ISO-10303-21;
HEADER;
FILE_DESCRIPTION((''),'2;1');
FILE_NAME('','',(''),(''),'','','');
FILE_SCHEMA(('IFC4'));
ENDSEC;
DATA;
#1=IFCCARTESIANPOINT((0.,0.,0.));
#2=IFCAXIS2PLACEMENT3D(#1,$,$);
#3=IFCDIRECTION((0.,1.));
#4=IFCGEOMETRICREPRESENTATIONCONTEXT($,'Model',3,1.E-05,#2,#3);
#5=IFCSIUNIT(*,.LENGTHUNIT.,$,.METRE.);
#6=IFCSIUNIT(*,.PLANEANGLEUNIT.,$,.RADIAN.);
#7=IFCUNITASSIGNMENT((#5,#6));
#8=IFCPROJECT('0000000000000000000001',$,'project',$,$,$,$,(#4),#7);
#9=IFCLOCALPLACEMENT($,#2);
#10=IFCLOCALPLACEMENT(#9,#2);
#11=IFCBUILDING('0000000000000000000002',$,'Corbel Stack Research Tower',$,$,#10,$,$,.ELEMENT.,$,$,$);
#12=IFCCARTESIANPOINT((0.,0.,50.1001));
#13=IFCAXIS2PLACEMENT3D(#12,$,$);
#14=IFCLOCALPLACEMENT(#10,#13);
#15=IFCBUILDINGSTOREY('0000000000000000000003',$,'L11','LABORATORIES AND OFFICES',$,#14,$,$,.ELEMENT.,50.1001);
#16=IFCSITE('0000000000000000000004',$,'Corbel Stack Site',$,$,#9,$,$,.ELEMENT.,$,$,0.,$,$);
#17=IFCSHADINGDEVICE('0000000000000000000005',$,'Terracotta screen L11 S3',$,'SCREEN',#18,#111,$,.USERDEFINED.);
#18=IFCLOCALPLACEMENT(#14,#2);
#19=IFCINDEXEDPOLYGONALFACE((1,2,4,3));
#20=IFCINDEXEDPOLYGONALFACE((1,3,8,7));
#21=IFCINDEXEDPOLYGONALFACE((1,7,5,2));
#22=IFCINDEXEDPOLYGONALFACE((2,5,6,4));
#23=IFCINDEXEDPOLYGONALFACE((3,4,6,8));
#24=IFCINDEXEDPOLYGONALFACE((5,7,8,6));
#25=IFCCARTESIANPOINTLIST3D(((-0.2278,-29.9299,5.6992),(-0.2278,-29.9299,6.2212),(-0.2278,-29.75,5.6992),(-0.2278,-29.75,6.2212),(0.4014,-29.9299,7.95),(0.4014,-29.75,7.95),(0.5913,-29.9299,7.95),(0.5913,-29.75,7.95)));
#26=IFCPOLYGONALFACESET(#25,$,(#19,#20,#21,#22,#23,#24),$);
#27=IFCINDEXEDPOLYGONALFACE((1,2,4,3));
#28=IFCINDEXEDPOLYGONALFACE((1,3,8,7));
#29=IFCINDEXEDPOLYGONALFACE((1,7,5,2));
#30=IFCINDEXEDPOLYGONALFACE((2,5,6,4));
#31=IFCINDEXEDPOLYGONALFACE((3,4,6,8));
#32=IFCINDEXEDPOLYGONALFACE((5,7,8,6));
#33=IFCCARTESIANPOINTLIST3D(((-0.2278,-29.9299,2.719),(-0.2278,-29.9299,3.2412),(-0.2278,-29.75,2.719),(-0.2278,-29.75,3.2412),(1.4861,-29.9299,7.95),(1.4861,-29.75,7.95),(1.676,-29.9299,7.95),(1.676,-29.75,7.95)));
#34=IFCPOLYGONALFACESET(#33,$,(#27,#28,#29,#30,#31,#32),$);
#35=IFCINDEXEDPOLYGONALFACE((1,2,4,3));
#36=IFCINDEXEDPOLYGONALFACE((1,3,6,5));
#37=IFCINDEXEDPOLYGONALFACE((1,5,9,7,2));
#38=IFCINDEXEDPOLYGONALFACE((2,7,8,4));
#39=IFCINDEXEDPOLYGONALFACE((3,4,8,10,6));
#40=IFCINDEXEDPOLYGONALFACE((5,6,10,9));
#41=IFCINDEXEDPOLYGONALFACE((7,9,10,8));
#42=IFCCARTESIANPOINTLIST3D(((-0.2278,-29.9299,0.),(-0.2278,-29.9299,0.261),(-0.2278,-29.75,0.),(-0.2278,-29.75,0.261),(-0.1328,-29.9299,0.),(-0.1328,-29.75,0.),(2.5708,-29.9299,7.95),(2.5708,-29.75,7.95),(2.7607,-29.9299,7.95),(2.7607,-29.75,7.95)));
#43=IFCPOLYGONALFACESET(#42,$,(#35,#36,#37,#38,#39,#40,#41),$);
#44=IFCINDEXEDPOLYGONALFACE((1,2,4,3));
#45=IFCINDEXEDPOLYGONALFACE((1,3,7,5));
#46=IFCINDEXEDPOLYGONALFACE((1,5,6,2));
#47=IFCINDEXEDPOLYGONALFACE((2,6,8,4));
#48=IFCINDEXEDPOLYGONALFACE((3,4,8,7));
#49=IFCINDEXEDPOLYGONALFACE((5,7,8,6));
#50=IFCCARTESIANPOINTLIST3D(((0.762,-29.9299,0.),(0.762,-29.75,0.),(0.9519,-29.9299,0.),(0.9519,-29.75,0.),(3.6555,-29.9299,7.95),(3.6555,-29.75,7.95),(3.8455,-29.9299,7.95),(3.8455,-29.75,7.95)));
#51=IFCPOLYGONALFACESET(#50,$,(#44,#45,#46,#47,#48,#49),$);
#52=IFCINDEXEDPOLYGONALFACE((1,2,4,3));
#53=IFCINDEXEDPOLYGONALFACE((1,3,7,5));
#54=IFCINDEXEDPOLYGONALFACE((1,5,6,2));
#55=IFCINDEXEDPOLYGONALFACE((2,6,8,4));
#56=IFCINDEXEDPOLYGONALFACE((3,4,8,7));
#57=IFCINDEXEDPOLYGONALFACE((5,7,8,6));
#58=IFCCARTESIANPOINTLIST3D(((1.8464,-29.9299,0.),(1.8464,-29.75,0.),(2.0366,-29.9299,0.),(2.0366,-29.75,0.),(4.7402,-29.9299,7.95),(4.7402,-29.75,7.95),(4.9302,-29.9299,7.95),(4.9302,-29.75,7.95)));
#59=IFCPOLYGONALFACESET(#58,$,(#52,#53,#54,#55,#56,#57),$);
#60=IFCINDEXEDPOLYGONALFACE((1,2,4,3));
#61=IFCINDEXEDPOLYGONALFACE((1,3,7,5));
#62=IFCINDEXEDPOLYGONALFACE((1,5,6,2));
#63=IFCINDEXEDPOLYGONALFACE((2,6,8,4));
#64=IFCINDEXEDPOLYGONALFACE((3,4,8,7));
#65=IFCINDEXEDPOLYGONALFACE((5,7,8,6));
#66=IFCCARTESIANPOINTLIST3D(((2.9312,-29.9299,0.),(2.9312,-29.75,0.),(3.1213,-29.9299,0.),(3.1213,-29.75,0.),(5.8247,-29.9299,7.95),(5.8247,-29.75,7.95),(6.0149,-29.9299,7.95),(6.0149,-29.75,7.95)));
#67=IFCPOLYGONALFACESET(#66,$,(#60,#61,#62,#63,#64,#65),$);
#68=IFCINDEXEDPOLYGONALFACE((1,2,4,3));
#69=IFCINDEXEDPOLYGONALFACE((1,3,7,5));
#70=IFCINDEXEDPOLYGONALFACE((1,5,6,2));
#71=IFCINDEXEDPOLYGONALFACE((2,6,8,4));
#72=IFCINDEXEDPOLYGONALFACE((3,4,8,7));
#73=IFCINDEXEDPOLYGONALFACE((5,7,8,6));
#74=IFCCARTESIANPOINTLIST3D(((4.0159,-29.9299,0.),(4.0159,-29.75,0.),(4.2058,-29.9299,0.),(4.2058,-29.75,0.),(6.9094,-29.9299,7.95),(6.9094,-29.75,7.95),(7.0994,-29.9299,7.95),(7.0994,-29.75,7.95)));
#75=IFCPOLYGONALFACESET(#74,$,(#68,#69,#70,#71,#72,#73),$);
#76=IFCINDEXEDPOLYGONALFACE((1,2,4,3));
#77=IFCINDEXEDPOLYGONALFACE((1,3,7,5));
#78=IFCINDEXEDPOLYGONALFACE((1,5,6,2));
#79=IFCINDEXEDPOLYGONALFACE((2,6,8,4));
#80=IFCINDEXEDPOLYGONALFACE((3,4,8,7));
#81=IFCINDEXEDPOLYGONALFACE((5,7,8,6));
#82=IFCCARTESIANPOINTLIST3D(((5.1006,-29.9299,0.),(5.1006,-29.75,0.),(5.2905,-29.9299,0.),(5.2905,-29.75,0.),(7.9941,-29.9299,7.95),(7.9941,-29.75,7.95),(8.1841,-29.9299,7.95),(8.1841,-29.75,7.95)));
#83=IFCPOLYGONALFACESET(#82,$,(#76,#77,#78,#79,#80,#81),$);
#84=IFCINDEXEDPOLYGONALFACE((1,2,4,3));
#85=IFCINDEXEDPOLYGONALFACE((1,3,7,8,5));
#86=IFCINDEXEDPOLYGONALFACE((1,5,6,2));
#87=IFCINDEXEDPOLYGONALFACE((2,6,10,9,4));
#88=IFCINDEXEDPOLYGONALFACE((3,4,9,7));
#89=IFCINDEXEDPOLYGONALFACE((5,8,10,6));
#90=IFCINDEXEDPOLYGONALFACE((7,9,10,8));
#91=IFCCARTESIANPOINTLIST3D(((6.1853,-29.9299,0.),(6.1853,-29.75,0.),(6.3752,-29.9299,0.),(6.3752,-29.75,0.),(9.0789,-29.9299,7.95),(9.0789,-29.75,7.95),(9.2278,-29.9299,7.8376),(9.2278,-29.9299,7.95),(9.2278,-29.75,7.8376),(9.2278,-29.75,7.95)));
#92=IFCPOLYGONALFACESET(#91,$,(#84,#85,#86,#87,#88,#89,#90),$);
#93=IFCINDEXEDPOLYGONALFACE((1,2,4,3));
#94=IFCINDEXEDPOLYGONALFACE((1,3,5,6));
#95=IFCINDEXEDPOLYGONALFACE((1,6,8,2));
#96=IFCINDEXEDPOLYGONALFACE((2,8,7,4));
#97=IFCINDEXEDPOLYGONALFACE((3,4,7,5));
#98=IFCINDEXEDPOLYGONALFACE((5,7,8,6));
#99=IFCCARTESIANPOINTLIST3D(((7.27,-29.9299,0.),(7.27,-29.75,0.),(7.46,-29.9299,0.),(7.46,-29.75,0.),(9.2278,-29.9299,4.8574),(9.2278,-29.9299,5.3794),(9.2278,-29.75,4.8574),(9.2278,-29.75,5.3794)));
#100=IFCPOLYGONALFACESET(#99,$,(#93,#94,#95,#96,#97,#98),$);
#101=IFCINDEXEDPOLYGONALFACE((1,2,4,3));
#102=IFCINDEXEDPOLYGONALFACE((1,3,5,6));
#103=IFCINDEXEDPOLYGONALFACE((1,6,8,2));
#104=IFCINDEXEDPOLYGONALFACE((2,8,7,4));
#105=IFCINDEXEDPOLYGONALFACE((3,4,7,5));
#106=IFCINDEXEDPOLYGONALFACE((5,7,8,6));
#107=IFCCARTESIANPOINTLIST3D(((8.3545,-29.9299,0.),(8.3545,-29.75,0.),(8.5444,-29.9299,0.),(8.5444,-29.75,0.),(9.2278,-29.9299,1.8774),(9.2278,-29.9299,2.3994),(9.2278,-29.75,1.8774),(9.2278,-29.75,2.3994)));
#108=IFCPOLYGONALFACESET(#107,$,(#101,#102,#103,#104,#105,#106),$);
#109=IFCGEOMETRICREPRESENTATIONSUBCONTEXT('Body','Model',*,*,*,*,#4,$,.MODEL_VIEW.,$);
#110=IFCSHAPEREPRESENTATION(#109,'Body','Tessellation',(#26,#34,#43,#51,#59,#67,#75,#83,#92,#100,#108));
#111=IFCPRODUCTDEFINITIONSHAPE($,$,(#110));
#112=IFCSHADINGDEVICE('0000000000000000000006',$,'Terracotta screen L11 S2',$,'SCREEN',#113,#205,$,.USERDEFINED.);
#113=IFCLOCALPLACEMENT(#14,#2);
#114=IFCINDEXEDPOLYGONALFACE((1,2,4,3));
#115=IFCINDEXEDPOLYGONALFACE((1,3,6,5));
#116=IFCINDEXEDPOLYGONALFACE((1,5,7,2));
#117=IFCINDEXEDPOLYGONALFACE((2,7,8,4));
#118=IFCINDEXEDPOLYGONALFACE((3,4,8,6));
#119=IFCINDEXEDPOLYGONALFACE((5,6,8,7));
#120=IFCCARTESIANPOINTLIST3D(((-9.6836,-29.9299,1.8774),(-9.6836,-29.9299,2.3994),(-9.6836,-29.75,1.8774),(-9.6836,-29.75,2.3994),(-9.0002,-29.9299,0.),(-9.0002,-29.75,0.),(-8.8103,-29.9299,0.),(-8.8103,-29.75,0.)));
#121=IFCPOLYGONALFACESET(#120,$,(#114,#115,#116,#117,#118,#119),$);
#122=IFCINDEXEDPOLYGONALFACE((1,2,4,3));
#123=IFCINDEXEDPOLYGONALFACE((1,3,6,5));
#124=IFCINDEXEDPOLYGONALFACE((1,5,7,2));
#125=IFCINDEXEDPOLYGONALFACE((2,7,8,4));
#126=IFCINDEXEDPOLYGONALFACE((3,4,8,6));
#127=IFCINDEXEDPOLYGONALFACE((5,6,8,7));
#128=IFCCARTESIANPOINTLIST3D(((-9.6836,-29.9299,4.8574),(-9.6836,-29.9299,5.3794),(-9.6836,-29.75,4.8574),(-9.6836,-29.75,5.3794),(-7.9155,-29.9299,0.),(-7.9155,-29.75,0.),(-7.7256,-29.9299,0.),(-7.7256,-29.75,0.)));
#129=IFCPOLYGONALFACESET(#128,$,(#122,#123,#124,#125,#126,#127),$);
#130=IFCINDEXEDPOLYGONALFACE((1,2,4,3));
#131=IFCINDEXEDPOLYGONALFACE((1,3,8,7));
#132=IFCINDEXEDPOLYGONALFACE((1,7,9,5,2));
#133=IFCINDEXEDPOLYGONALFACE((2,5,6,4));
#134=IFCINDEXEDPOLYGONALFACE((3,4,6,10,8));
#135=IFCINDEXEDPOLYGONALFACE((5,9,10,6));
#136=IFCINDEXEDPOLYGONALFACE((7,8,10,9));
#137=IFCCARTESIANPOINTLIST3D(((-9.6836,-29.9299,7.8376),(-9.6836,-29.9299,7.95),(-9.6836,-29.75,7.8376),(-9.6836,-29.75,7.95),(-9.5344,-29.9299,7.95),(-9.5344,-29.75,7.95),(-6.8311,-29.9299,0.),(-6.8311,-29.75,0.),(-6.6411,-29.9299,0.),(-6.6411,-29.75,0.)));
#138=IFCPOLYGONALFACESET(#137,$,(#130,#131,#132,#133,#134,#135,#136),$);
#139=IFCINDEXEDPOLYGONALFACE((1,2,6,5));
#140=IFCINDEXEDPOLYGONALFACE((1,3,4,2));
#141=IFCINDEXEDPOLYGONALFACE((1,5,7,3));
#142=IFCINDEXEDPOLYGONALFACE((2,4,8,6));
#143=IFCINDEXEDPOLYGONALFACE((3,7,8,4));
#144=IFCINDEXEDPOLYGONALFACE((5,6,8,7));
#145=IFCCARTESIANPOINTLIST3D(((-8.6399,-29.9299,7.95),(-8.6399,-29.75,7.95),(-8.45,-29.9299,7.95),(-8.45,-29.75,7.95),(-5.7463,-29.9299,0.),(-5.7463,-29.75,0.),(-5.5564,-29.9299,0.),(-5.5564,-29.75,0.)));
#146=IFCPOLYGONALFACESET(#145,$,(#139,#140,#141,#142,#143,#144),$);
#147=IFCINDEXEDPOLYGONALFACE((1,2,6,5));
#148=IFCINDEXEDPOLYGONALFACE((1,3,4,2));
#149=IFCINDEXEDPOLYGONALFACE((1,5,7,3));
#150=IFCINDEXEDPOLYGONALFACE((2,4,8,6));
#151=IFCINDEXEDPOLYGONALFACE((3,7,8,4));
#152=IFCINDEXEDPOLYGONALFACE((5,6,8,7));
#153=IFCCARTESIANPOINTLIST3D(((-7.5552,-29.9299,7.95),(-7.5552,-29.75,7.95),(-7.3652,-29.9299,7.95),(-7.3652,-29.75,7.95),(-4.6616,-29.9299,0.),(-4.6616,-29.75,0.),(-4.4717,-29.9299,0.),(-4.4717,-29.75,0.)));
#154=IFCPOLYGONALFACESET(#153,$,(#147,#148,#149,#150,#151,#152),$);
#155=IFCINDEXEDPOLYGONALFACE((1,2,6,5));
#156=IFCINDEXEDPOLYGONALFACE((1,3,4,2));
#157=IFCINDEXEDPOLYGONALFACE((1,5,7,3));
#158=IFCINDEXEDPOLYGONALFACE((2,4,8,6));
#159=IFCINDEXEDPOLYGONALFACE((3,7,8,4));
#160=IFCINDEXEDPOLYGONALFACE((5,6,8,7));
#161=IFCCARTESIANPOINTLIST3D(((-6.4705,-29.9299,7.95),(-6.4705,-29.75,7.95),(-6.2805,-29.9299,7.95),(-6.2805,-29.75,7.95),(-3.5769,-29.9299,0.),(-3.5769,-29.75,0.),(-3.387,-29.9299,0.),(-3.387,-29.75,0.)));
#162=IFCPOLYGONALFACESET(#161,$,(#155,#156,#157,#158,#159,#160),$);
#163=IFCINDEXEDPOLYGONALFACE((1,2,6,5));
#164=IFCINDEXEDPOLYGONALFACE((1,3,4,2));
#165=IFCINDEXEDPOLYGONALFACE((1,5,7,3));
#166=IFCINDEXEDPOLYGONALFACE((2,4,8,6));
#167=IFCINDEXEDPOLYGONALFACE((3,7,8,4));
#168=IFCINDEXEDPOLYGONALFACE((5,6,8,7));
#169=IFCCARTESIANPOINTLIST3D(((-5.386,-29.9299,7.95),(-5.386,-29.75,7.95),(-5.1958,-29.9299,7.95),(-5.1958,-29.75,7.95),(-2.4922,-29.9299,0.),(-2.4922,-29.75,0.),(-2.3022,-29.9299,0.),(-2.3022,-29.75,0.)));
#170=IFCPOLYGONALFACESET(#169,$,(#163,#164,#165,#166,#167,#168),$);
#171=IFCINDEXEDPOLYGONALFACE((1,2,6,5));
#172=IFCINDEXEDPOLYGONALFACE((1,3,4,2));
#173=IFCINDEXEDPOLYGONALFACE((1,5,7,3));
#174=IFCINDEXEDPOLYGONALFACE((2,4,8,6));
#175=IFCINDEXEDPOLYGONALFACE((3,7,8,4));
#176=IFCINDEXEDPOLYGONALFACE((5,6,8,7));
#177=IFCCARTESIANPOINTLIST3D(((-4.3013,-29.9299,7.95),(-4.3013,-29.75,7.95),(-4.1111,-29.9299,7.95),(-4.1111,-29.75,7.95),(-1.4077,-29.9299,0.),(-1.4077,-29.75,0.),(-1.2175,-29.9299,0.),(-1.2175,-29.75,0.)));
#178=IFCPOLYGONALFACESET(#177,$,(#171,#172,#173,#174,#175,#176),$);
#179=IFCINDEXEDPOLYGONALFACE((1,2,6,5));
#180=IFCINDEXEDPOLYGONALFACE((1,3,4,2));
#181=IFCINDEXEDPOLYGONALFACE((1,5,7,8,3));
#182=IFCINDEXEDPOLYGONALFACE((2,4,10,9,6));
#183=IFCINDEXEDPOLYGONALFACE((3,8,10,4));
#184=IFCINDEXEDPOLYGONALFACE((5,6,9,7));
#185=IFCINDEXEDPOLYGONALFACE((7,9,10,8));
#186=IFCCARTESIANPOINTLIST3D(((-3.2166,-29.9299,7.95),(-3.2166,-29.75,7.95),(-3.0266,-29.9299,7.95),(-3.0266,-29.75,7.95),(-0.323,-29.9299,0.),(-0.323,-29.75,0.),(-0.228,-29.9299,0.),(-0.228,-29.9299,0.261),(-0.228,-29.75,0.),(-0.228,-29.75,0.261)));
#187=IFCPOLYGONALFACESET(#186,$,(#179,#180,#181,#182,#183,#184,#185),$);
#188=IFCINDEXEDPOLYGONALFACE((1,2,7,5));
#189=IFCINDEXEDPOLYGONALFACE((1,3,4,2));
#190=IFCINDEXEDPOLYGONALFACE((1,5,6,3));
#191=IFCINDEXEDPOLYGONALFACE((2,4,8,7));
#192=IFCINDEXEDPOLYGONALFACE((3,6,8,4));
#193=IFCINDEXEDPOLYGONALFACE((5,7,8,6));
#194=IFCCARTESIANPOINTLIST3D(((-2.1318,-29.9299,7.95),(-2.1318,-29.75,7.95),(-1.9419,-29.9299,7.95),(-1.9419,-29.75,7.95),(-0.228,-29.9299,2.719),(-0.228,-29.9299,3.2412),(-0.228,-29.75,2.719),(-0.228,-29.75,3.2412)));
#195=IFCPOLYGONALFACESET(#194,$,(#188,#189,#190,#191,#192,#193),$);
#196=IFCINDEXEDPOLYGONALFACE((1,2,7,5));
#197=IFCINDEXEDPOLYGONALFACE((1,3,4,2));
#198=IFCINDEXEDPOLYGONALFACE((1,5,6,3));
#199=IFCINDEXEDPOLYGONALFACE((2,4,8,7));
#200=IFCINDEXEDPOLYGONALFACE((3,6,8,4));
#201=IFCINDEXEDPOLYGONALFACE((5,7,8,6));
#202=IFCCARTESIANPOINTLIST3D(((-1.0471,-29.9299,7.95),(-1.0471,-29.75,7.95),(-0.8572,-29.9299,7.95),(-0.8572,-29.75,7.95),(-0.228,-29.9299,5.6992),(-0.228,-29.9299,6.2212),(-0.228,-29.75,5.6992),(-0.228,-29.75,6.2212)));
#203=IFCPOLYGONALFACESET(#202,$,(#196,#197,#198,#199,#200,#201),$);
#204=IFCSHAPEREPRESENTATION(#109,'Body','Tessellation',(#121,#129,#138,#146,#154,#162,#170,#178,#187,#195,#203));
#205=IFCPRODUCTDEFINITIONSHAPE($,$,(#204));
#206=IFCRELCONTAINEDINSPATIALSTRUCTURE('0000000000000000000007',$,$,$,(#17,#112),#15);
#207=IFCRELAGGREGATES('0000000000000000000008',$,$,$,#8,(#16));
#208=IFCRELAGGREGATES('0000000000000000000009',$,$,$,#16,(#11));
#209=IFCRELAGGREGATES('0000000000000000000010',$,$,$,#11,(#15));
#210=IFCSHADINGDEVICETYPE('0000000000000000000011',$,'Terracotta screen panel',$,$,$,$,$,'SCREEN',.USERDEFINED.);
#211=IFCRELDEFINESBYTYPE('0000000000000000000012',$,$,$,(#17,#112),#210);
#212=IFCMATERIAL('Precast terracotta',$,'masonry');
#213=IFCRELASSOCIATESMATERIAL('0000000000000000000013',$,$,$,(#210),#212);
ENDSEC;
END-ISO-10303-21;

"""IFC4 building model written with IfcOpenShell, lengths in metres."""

from ifc_helpers import new_model, si_unit, direction, frame, origin, place, context, subcontext, project, spatial, polyline, outline, extrude, source, transform, mapped, material, type_object, element, save


model = new_model("IFC4")

# Units and contexts
model_context = context("Model", 3, precision=1e-05, world=origin(), true_north=direction((0.0, 1.0)))
body_context = subcontext(model_context, "Body", "Model", "MODEL_VIEW")
ifc_project = project(units=[si_unit("LENGTHUNIT", "METRE"), si_unit("PLANEANGLEUNIT", "RADIAN")], contexts=[model_context])

# Site, building, storey
site_placement = place(None, origin())
site = spatial("IfcSite", under=ifc_project, at=site_placement, Name="Corbel Stack Site", CompositionType="ELEMENT", RefElevation=0.0)
building_placement = place(site_placement, origin())
building = spatial("IfcBuilding", under=site, at=building_placement, Name="Corbel Stack Research Tower", CompositionType="ELEMENT")
storey_placement = place(building_placement, frame((0.0, 0.0, 50.1001)))
storey = spatial("IfcBuildingStorey", under=building, at=storey_placement, Name="L11", Description="LABORATORIES AND OFFICES", CompositionType="ELEMENT", Elevation=50.1001)

# Shading devices
ifc_material_1 = material(Name="Precast terracotta", Category="masonry")
shading_device_type = type_object("IfcShadingDeviceType", Name="Terracotta screen panel", ElementType="SCREEN", PredefinedType="USERDEFINED", material=ifc_material_1)
shared_shape_1 = source(origin(), body_context, "Body", "SweptSolid", [
    extrude(outline(polyline([(0.8191, 7.95), (0.6292, 7.95), (0.0, 6.2212), (0.0, 5.6992), (0.8191, 7.95)])), frame((0.0, 0.0, 0.0), z_axis=(0.0, -1.0, 0.0), x_axis=(1.0, 0.0, 0.0)), (0.0, 0.0, 1.0), 0.1799),
    extrude(outline(polyline([(1.9038, 7.95), (1.7139, 7.95), (0.0, 3.2412), (0.0, 2.719), (1.9038, 7.95)])), frame((0.0, 0.0, 0.0), z_axis=(0.0, -1.0, 0.0), x_axis=(1.0, 0.0, 0.0)), (0.0, 0.0, 1.0), 0.1799),
    extrude(outline(polyline([(0.095, 0.0), (2.9885, 7.95), (2.7986, 7.95), (0.0, 0.261), (0.0, 0.0), (0.095, 0.0)])), frame((0.0, 0.0, 0.0), z_axis=(0.0, -1.0, 0.0), x_axis=(1.0, 0.0, 0.0)), (0.0, 0.0, 1.0), 0.1799),
    extrude(outline(polyline([(1.1797, 0.0), (4.0732, 7.95), (3.8833, 7.95), (0.9897, 0.0), (1.1797, 0.0)])), frame((0.0, 0.0, 0.0), z_axis=(0.0, -1.0, 0.0), x_axis=(1.0, 0.0, 0.0)), (0.0, 0.0, 1.0), 0.1799),
    extrude(outline(polyline([(2.2644, 0.0), (5.158, 7.95), (4.968, 7.95), (2.0742, 0.0), (2.2644, 0.0)])), frame((0.0, 0.0, 0.0), z_axis=(0.0, -1.0, 0.0), x_axis=(1.0, 0.0, 0.0)), (0.0, 0.0, 1.0), 0.1799),
    extrude(outline(polyline([(3.3491, 0.0), (6.2427, 7.95), (6.0525, 7.95), (3.1589, 0.0), (3.3491, 0.0)])), frame((0.0, 0.0, 0.0), z_axis=(0.0, -1.0, 0.0), x_axis=(1.0, 0.0, 0.0)), (0.0, 0.0, 1.0), 0.1799),
    extrude(outline(polyline([(4.4336, 0.0), (7.3271, 7.95), (7.1372, 7.95), (4.2437, 0.0), (4.4336, 0.0)])), frame((0.0, 0.0, 0.0), z_axis=(0.0, -1.0, 0.0), x_axis=(1.0, 0.0, 0.0)), (0.0, 0.0, 1.0), 0.1799),
    extrude(outline(polyline([(5.5183, 0.0), (8.4119, 7.95), (8.2219, 7.95), (5.3284, 0.0), (5.5183, 0.0)])), frame((0.0, 0.0, 0.0), z_axis=(0.0, -1.0, 0.0), x_axis=(1.0, 0.0, 0.0)), (0.0, 0.0, 1.0), 0.1799),
    extrude(outline(polyline([(6.603, 0.0), (9.4556, 7.8376), (9.4556, 7.95), (9.3066, 7.95), (6.4131, 0.0), (6.603, 0.0)])), frame((0.0, 0.0, 0.0), z_axis=(0.0, -1.0, 0.0), x_axis=(1.0, 0.0, 0.0)), (0.0, 0.0, 1.0), 0.1799),
    extrude(outline(polyline([(7.6877, 0.0), (9.4556, 4.8574), (9.4556, 5.3794), (7.4978, 0.0), (7.6877, 0.0)])), frame((0.0, 0.0, 0.0), z_axis=(0.0, -1.0, 0.0), x_axis=(1.0, 0.0, 0.0)), (0.0, 0.0, 1.0), 0.1799),
    extrude(outline(polyline([(8.7722, 0.0), (9.4556, 1.8774), (9.4556, 2.3994), (8.5823, 0.0), (8.7722, 0.0)])), frame((0.0, 0.0, 0.0), z_axis=(0.0, -1.0, 0.0), x_axis=(1.0, 0.0, 0.0)), (0.0, 0.0, 1.0), 0.1799),
])
shading_device_1_placement = place(storey_placement, frame((-0.2278, -29.75, 0.0), z_axis=(0.0, 0.0, 1.0), x_axis=(1.0, 0.0, 0.0)))
element("IfcShadingDevice", 1, at=shading_device_1_placement, inside=storey, type_object=shading_device_type, Name="Terracotta screen L11 S3", ObjectType="SCREEN", PredefinedType="USERDEFINED", context=body_context, shape_type="MappedRepresentation", body=[
    mapped(shared_shape_1, transform((0.0, 0.0, 0.0))),
])
shared_shape_2 = source(origin(), body_context, "Body", "SweptSolid", [
    extrude(outline(polyline([(0.8733, 0.0), (0.0, 2.3994), (0.0, 1.8774), (0.6833, 0.0), (0.8733, 0.0)])), frame((0.0, 0.0, 0.0), z_axis=(0.0, -1.0, 0.0), x_axis=(1.0, 0.0, 0.0)), (0.0, 0.0, 1.0), 0.1799),
    extrude(outline(polyline([(1.958, 0.0), (0.0, 5.3794), (0.0, 4.8574), (1.7681, 0.0), (1.958, 0.0)])), frame((0.0, 0.0, 0.0), z_axis=(0.0, -1.0, 0.0), x_axis=(1.0, 0.0, 0.0)), (0.0, 0.0, 1.0), 0.1799),
    extrude(outline(polyline([(3.0425, 0.0), (0.1492, 7.95), (0.0, 7.95), (0.0, 7.8376), (2.8525, 0.0), (3.0425, 0.0)])), frame((0.0, 0.0, 0.0), z_axis=(0.0, -1.0, 0.0), x_axis=(1.0, 0.0, 0.0)), (0.0, 0.0, 1.0), 0.1799),
    extrude(outline(polyline([(4.1272, 0.0), (1.2336, 7.95), (1.0437, 7.95), (3.9373, 0.0), (4.1272, 0.0)])), frame((0.0, 0.0, 0.0), z_axis=(0.0, -1.0, 0.0), x_axis=(1.0, 0.0, 0.0)), (0.0, 0.0, 1.0), 0.1799),
    extrude(outline(polyline([(5.2119, 0.0), (2.3184, 7.95), (2.1284, 7.95), (5.022, 0.0), (5.2119, 0.0)])), frame((0.0, 0.0, 0.0), z_axis=(0.0, -1.0, 0.0), x_axis=(1.0, 0.0, 0.0)), (0.0, 0.0, 1.0), 0.1799),
    extrude(outline(polyline([(6.2966, 0.0), (3.4031, 7.95), (3.2131, 7.95), (6.1067, 0.0), (6.2966, 0.0)])), frame((0.0, 0.0, 0.0), z_axis=(0.0, -1.0, 0.0), x_axis=(1.0, 0.0, 0.0)), (0.0, 0.0, 1.0), 0.1799),
    extrude(outline(polyline([(7.3813, 0.0), (4.4878, 7.95), (4.2976, 7.95), (7.1914, 0.0), (7.3813, 0.0)])), frame((0.0, 0.0, 0.0), z_axis=(0.0, -1.0, 0.0), x_axis=(1.0, 0.0, 0.0)), (0.0, 0.0, 1.0), 0.1799),
    extrude(outline(polyline([(8.4661, 0.0), (5.5725, 7.95), (5.3823, 7.95), (8.2759, 0.0), (8.4661, 0.0)])), frame((0.0, 0.0, 0.0), z_axis=(0.0, -1.0, 0.0), x_axis=(1.0, 0.0, 0.0)), (0.0, 0.0, 1.0), 0.1799),
    extrude(outline(polyline([(9.4556, 0.0), (9.4556, 0.261), (6.657, 7.95), (6.467, 7.95), (9.3606, 0.0), (9.4556, 0.0)])), frame((0.0, 0.0, 0.0), z_axis=(0.0, -1.0, 0.0), x_axis=(1.0, 0.0, 0.0)), (0.0, 0.0, 1.0), 0.1799),
    extrude(outline(polyline([(7.7417, 7.95), (7.5518, 7.95), (9.4556, 2.719), (9.4556, 3.2412), (7.7417, 7.95)])), frame((0.0, 0.0, 0.0), z_axis=(0.0, -1.0, 0.0), x_axis=(1.0, 0.0, 0.0)), (0.0, 0.0, 1.0), 0.1799),
    extrude(outline(polyline([(8.8264, 7.95), (8.6365, 7.95), (9.4556, 5.6992), (9.4556, 6.2212), (8.8264, 7.95)])), frame((0.0, 0.0, 0.0), z_axis=(0.0, -1.0, 0.0), x_axis=(1.0, 0.0, 0.0)), (0.0, 0.0, 1.0), 0.1799),
])
shading_device_2_placement = place(storey_placement, frame((-9.6836, -29.75, 0.0), z_axis=(0.0, 0.0, 1.0), x_axis=(1.0, 0.0, 0.0)))
element("IfcShadingDevice", 2, at=shading_device_2_placement, inside=storey, type_object=shading_device_type, Name="Terracotta screen L11 S2", ObjectType="SCREEN", PredefinedType="USERDEFINED", context=body_context, shape_type="MappedRepresentation", body=[
    mapped(shared_shape_2, transform((0.0, 0.0, 0.0))),
])

save(model, "model.ifc")
